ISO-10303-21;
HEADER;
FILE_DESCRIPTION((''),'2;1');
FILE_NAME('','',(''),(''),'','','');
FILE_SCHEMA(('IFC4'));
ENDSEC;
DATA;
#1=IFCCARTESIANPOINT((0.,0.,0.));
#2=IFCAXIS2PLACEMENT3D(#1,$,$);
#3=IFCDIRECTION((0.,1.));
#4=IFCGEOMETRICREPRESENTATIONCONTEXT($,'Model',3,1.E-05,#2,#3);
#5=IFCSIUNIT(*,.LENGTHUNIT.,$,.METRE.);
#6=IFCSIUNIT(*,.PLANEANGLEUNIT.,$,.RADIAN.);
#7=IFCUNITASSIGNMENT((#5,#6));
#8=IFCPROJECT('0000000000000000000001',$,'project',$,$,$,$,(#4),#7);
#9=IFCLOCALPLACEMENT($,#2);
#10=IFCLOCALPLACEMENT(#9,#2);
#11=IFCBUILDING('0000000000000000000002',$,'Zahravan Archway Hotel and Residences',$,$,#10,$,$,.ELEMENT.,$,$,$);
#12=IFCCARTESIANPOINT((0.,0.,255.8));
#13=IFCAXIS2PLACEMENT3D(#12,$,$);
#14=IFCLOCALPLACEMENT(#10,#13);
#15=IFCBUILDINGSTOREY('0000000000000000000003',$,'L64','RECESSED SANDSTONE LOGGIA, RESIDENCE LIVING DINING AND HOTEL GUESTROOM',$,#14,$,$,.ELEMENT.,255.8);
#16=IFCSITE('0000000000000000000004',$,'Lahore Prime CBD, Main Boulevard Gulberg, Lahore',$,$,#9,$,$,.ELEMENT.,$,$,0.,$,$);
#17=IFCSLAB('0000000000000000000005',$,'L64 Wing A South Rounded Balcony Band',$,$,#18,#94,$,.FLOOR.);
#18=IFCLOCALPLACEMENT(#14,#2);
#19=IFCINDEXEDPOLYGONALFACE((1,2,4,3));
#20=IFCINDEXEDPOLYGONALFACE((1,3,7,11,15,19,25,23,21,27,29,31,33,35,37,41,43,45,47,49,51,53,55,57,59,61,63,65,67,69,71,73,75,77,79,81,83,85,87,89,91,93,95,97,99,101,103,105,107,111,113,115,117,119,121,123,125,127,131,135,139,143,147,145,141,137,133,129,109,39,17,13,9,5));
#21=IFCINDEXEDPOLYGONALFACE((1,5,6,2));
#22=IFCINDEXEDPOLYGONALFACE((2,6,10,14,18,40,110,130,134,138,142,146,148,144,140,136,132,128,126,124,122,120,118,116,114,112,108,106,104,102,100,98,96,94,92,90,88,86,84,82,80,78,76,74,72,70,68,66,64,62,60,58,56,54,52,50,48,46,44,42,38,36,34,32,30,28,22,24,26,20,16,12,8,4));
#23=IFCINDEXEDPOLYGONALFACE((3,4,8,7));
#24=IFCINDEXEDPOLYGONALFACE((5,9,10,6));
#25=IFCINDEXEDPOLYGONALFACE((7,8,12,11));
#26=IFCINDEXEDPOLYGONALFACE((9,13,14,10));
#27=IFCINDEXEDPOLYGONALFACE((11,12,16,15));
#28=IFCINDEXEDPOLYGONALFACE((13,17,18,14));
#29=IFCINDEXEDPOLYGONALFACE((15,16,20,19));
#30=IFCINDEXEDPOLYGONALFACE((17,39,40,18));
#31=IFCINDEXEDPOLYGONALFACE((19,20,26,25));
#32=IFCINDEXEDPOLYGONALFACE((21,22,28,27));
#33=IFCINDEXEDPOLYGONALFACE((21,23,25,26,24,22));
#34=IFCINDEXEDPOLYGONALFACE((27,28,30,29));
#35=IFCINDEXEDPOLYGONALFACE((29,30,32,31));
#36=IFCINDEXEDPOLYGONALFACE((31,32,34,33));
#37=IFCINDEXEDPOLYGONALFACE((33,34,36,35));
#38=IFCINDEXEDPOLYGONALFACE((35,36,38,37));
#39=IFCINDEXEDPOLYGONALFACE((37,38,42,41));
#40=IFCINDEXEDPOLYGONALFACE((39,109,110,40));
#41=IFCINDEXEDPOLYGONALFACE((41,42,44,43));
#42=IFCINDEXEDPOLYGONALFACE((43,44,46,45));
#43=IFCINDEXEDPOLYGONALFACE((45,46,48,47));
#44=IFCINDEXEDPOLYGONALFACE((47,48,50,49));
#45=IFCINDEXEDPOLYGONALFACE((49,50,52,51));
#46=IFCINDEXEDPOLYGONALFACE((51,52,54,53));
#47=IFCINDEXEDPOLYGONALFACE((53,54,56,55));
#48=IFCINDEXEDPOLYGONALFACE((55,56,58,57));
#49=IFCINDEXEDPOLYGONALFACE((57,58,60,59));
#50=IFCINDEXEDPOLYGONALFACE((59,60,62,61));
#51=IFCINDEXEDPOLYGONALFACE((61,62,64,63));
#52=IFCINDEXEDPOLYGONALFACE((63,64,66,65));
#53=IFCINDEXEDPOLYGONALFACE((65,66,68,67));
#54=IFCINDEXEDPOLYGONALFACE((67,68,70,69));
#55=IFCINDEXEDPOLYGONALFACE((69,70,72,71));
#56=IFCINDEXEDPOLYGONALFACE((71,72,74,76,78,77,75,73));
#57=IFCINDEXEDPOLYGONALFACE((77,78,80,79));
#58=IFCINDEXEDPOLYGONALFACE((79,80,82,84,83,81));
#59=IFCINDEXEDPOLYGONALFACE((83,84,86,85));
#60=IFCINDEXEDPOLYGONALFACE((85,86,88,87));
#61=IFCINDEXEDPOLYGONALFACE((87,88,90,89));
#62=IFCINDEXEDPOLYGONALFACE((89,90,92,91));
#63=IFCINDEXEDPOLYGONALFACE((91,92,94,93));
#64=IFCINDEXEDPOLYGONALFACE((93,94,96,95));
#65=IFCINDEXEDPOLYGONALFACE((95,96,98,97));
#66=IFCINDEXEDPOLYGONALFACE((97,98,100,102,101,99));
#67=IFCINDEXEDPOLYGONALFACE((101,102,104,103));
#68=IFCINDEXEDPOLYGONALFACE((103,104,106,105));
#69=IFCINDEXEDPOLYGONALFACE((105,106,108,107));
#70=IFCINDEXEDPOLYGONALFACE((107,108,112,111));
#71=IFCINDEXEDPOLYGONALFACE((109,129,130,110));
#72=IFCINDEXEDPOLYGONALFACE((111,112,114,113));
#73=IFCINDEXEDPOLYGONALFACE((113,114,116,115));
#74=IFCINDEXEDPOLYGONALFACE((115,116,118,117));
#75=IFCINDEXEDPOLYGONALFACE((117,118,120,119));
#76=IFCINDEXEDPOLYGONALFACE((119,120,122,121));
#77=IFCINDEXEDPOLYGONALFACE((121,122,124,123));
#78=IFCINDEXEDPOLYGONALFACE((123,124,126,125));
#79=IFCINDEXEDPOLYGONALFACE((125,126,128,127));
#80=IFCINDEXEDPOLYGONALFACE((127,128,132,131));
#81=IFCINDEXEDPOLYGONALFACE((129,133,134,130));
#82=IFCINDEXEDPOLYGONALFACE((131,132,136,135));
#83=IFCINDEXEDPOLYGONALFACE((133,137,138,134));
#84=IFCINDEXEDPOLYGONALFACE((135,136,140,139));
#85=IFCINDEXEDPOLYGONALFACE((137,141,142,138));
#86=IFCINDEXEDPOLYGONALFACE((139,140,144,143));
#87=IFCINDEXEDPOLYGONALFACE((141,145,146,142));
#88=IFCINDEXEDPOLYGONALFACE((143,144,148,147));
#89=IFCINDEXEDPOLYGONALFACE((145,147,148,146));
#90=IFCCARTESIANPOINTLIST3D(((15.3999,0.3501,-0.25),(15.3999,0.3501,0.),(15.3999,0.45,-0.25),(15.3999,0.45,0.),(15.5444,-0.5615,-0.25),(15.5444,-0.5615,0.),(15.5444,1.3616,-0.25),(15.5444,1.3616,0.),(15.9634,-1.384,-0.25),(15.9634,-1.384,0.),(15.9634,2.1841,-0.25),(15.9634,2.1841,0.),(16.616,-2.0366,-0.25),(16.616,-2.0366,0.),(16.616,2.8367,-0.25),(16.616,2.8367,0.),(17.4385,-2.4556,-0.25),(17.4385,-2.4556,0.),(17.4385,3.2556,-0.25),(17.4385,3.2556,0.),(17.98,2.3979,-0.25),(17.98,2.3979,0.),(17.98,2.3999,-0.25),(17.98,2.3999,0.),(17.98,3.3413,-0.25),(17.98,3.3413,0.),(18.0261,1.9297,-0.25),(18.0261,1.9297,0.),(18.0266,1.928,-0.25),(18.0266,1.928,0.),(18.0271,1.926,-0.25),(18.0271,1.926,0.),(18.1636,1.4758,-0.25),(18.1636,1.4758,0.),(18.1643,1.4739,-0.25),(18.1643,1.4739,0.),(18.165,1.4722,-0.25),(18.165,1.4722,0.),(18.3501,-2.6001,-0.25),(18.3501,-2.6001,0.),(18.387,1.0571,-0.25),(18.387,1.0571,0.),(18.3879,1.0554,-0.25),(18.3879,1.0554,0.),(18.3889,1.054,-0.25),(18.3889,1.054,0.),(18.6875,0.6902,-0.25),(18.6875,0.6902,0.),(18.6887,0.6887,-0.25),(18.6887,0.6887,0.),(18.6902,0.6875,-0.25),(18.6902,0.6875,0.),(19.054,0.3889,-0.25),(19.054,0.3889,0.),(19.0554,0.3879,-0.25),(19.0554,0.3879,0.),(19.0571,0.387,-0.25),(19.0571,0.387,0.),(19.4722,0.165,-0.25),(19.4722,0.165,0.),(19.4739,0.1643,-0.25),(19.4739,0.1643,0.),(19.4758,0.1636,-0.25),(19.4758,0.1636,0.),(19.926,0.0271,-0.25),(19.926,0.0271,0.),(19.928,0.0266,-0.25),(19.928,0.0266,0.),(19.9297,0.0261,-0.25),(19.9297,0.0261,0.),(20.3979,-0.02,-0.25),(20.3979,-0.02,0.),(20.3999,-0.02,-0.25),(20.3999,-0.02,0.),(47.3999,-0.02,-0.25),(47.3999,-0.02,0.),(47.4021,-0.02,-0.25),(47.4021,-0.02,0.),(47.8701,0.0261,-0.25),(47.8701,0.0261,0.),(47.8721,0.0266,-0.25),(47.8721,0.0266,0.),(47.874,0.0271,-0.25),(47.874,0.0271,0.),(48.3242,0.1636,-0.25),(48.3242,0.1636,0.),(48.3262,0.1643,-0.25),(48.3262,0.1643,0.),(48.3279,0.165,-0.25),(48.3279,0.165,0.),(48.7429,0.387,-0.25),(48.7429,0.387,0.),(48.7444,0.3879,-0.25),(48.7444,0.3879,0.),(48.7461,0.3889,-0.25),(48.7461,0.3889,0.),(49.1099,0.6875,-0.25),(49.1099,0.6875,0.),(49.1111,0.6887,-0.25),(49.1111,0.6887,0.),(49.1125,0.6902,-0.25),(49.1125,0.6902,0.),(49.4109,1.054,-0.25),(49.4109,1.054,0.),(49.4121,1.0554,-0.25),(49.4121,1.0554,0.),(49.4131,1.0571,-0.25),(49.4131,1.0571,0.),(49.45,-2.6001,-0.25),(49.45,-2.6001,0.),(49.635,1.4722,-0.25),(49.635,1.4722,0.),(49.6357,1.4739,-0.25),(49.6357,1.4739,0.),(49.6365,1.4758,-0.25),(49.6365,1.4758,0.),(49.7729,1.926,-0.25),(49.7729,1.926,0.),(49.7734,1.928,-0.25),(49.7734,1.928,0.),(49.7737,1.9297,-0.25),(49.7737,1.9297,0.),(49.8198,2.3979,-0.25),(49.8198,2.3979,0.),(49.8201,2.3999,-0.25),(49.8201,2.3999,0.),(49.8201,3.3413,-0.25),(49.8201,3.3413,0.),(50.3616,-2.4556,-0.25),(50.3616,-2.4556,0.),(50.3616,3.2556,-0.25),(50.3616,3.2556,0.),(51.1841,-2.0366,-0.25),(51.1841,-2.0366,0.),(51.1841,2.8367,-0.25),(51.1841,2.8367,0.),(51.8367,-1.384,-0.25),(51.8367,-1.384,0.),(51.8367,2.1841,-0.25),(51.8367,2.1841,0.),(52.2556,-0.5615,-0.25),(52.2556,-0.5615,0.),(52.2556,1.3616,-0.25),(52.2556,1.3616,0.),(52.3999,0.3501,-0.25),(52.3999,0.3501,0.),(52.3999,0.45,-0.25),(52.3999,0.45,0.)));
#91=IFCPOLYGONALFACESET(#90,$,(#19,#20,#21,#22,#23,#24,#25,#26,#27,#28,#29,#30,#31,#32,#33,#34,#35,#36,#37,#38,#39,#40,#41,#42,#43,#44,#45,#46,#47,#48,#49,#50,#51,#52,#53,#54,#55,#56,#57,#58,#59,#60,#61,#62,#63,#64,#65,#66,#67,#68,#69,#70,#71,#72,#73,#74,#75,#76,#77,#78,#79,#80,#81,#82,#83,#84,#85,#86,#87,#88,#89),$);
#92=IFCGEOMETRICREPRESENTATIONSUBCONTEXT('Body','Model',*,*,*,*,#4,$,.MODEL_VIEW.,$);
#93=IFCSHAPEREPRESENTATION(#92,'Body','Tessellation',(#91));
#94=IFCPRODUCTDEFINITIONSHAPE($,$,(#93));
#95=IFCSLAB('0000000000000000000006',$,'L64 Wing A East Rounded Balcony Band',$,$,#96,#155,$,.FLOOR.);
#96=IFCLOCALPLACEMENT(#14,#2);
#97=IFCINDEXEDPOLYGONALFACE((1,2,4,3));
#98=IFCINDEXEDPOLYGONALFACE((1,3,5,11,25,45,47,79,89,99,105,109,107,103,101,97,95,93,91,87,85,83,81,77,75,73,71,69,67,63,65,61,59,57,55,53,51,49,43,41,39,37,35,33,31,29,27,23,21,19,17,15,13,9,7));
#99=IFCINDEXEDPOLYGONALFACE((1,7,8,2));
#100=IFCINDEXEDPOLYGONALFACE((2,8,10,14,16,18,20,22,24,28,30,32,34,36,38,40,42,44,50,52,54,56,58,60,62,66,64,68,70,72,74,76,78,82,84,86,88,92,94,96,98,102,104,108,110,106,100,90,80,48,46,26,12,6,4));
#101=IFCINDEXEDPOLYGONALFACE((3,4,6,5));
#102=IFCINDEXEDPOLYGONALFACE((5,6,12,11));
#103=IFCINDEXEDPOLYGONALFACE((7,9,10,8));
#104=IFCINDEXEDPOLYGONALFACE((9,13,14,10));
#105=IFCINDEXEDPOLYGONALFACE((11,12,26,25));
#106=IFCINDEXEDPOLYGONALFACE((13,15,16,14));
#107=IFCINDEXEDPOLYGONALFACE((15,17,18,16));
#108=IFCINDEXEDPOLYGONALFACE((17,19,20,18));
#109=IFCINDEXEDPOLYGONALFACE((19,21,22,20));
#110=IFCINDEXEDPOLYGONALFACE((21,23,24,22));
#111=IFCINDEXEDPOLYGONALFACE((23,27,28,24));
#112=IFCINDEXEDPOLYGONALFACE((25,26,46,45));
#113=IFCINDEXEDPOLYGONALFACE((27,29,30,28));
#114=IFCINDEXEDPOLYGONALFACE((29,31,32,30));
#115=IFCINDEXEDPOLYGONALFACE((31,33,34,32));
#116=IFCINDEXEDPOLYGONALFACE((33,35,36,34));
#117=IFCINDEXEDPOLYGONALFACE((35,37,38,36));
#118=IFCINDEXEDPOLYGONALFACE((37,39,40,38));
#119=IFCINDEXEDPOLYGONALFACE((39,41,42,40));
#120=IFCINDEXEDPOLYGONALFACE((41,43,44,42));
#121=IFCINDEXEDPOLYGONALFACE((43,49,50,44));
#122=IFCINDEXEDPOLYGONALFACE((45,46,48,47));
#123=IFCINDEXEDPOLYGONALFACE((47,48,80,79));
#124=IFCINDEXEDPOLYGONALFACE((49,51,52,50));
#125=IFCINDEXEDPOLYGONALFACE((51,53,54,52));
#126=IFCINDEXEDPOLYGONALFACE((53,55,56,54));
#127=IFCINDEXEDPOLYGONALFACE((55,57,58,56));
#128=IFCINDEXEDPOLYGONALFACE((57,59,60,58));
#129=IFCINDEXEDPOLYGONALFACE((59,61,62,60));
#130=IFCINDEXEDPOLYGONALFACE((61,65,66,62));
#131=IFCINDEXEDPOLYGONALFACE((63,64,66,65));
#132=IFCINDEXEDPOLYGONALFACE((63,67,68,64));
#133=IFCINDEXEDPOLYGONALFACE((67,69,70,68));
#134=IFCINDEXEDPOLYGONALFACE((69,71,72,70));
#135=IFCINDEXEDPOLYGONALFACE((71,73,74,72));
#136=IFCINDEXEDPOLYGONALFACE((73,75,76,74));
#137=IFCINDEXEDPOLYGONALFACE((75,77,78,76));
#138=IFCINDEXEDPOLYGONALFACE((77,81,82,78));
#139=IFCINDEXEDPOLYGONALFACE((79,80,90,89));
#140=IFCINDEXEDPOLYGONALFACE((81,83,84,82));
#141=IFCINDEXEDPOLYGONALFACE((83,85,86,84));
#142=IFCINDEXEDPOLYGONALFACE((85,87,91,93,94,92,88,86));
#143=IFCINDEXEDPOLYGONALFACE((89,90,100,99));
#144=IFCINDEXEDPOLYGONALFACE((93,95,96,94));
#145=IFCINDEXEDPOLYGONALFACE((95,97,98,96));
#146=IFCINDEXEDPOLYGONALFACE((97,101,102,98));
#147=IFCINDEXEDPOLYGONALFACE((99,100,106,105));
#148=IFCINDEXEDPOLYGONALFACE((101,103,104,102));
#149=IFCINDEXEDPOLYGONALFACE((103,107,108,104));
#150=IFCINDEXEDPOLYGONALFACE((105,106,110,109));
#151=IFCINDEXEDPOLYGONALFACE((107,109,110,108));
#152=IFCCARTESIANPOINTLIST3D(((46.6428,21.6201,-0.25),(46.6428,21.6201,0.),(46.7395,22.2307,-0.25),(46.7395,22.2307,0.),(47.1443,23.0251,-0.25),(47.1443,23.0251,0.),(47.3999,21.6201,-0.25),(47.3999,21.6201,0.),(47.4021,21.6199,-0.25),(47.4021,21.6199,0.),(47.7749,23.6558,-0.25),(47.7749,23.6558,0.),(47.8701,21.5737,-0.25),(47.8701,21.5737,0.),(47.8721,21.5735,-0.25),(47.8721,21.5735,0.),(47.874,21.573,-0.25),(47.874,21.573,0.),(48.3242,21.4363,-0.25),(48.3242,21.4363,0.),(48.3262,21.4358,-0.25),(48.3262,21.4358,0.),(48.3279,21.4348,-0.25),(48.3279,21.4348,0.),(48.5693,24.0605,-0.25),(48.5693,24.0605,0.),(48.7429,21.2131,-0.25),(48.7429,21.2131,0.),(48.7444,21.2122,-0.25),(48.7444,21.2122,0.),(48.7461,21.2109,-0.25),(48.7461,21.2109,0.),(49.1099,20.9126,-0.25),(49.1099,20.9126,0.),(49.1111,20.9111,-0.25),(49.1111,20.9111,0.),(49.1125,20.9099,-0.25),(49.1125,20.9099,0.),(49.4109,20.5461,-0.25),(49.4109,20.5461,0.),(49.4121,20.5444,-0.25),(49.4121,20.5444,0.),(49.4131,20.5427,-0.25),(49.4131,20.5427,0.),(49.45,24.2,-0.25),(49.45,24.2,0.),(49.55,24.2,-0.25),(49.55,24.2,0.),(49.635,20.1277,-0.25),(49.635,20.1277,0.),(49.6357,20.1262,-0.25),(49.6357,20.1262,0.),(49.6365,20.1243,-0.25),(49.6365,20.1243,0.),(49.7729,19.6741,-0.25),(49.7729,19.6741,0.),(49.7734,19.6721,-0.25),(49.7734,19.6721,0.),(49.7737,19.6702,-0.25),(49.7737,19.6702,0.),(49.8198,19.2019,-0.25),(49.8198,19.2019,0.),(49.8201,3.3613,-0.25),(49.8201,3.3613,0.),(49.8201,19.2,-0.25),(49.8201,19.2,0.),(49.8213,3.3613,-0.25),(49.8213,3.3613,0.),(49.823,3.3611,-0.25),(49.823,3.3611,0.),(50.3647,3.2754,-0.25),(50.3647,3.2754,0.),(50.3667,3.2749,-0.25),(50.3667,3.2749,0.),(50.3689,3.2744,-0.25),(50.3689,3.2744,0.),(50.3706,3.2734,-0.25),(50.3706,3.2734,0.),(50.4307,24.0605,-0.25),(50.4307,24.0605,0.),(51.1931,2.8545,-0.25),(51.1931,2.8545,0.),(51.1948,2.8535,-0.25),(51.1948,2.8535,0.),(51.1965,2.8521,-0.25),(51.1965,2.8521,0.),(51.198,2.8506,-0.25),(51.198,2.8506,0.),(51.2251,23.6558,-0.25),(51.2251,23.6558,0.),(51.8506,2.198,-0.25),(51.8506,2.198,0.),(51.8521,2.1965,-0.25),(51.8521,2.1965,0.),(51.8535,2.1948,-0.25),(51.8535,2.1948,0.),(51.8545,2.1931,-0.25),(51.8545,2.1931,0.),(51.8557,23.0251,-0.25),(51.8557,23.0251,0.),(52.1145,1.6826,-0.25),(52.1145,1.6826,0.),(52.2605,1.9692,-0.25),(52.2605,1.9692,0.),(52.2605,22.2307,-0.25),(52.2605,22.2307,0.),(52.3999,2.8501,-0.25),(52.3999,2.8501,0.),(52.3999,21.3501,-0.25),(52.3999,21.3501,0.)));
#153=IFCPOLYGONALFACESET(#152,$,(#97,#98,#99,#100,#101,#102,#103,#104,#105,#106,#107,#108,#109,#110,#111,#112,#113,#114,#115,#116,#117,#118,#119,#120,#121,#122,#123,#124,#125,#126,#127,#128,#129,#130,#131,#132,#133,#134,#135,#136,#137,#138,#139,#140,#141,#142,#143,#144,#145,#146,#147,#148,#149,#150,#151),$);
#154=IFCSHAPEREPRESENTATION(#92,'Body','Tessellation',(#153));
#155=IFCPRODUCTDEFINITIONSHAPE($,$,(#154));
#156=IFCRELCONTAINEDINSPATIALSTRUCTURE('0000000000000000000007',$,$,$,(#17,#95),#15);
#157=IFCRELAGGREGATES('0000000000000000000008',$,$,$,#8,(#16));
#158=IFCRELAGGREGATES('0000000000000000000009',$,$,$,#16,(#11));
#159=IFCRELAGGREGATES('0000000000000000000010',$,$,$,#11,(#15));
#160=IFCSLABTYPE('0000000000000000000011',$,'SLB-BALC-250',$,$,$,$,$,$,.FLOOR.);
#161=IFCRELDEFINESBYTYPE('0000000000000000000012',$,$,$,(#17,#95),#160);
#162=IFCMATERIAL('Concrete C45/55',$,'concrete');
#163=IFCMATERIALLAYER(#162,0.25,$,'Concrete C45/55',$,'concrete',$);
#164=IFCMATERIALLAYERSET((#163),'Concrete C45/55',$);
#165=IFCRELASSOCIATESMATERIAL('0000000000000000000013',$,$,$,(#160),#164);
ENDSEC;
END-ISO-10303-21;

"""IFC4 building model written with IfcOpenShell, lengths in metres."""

from ifc_helpers import new_model, si_unit, direction, frame, origin, place, context, subcontext, project, spatial, polyline, outline, extrude, material, layer, layer_set, type_object, element, save


model = new_model("IFC4")

# Units and contexts
model_context = context("Model", 3, precision=1e-05, world=origin(), true_north=direction((0.0, 1.0)))
body_context = subcontext(model_context, "Body", "Model", "MODEL_VIEW")
ifc_project = project(units=[si_unit("LENGTHUNIT", "METRE"), si_unit("PLANEANGLEUNIT", "RADIAN")], contexts=[model_context])

# Site, building, storey
site_placement = place(None, origin())
site = spatial("IfcSite", under=ifc_project, at=site_placement, Name="Lahore Prime CBD, Main Boulevard Gulberg, Lahore", CompositionType="ELEMENT", RefElevation=0.0)
building_placement = place(site_placement, origin())
building = spatial("IfcBuilding", under=site, at=building_placement, Name="Zahravan Archway Hotel and Residences", CompositionType="ELEMENT")
storey_placement = place(building_placement, frame((0.0, 0.0, 255.8)))
storey = spatial("IfcBuildingStorey", under=building, at=storey_placement, Name="L64", Description="RECESSED SANDSTONE LOGGIA, RESIDENCE LIVING DINING AND HOTEL GUESTROOM", CompositionType="ELEMENT", Elevation=255.8)

# Slabs
ifc_material_1 = material(Name="Concrete C45/55", Category="concrete")
ifc_layer_1 = layer(ifc_material_1, 0.25, Name="Concrete C45/55", Category="concrete")
ifc_layer_set_1 = layer_set([ifc_layer_1], Name="Concrete C45/55")
slab_type_1 = type_object("IfcSlabType", Name="SLB-BALC-250", PredefinedType="FLOOR", material=ifc_layer_set_1)
slab_1_placement = place(storey_placement, frame((0.0, 0.0, -0.25)))
element("IfcSlab", 1, at=slab_1_placement, inside=storey, type_object=slab_type_1, Name="L64 Wing A South Rounded Balcony Band", PredefinedType="FLOOR", context=body_context, shape_type="SweptSolid", body=[
    extrude(outline(polyline([(50.3616, 3.2556), (51.1841, 2.8367), (51.8367, 2.1841), (52.2556, 1.3616), (52.3999, 0.45), (52.3999, 0.3501), (52.2556, -0.5615), (51.8367, -1.384), (51.1841, -2.0366), (50.3616, -2.4556), (49.45, -2.6001), (18.3501, -2.6001), (17.4385, -2.4556), (16.616, -2.0366), (15.9634, -1.384), (15.5444, -0.5615), (15.3999, 0.3501), (15.3999, 0.45), (15.5444, 1.3616), (15.9634, 2.1841), (16.616, 2.8367), (17.4385, 3.2556), (17.98, 3.3413), (17.98, 2.3999), (17.98, 2.3979), (18.0261, 1.9297), (18.0266, 1.928), (18.0271, 1.926), (18.1636, 1.4758), (18.1643, 1.4739), (18.165, 1.4722), (18.387, 1.0571), (18.3879, 1.0554), (18.3889, 1.054), (18.6875, 0.6902), (18.6887, 0.6887), (18.6902, 0.6875), (19.054, 0.3889), (19.0554, 0.3879), (19.0571, 0.387), (19.4722, 0.165), (19.4739, 0.1643), (19.4758, 0.1636), (19.926, 0.0271), (19.928, 0.0266), (19.9297, 0.0261), (20.3979, -0.02), (20.3999, -0.02), (47.3999, -0.02), (47.4021, -0.02), (47.8701, 0.0261), (47.8721, 0.0266), (47.874, 0.0271), (48.3242, 0.1636), (48.3262, 0.1643), (48.3279, 0.165), (48.7429, 0.387), (48.7444, 0.3879), (48.7461, 0.3889), (49.1099, 0.6875), (49.1111, 0.6887), (49.1125, 0.6902), (49.4109, 1.054), (49.4121, 1.0554), (49.4131, 1.0571), (49.635, 1.4722), (49.6357, 1.4739), (49.6365, 1.4758), (49.7729, 1.926), (49.7734, 1.928), (49.7737, 1.9297), (49.8198, 2.3979), (49.8201, 2.3999), (49.8201, 3.3413), (50.3616, 3.2556)])), origin(), (0.0, 0.0, 1.0), 0.25),
])
slab_2_placement = place(storey_placement, frame((0.0, 0.0, -0.25)))
element("IfcSlab", 2, at=slab_2_placement, inside=storey, type_object=slab_type_1, Name="L64 Wing A East Rounded Balcony Band", PredefinedType="FLOOR", context=body_context, shape_type="SweptSolid", body=[
    extrude(outline(polyline([(46.7395, 22.2307), (47.1443, 23.0251), (47.7749, 23.6558), (48.5693, 24.0605), (49.45, 24.2), (49.55, 24.2), (50.4307, 24.0605), (51.2251, 23.6558), (51.8557, 23.0251), (52.2605, 22.2307), (52.3999, 21.3501), (52.3999, 2.8501), (52.2605, 1.9692), (52.1145, 1.6826), (51.8545, 2.1931), (51.8535, 2.1948), (51.8521, 2.1965), (51.8506, 2.198), (51.198, 2.8506), (51.1965, 2.8521), (51.1948, 2.8535), (51.1931, 2.8545), (50.3706, 3.2734), (50.3689, 3.2744), (50.3667, 3.2749), (50.3647, 3.2754), (49.823, 3.3611), (49.8213, 3.3613), (49.8201, 3.3613), (49.8201, 19.2), (49.8198, 19.2019), (49.7737, 19.6702), (49.7734, 19.6721), (49.7729, 19.6741), (49.6365, 20.1243), (49.6357, 20.1262), (49.635, 20.1277), (49.4131, 20.5427), (49.4121, 20.5444), (49.4109, 20.5461), (49.1125, 20.9099), (49.1111, 20.9111), (49.1099, 20.9126), (48.7461, 21.2109), (48.7444, 21.2122), (48.7429, 21.2131), (48.3279, 21.4348), (48.3262, 21.4358), (48.3242, 21.4363), (47.874, 21.573), (47.8721, 21.5735), (47.8701, 21.5737), (47.4021, 21.6199), (47.3999, 21.6201), (46.6428, 21.6201), (46.7395, 22.2307)])), origin(), (0.0, 0.0, 1.0), 0.25),
])

save(model, "model.ifc")
